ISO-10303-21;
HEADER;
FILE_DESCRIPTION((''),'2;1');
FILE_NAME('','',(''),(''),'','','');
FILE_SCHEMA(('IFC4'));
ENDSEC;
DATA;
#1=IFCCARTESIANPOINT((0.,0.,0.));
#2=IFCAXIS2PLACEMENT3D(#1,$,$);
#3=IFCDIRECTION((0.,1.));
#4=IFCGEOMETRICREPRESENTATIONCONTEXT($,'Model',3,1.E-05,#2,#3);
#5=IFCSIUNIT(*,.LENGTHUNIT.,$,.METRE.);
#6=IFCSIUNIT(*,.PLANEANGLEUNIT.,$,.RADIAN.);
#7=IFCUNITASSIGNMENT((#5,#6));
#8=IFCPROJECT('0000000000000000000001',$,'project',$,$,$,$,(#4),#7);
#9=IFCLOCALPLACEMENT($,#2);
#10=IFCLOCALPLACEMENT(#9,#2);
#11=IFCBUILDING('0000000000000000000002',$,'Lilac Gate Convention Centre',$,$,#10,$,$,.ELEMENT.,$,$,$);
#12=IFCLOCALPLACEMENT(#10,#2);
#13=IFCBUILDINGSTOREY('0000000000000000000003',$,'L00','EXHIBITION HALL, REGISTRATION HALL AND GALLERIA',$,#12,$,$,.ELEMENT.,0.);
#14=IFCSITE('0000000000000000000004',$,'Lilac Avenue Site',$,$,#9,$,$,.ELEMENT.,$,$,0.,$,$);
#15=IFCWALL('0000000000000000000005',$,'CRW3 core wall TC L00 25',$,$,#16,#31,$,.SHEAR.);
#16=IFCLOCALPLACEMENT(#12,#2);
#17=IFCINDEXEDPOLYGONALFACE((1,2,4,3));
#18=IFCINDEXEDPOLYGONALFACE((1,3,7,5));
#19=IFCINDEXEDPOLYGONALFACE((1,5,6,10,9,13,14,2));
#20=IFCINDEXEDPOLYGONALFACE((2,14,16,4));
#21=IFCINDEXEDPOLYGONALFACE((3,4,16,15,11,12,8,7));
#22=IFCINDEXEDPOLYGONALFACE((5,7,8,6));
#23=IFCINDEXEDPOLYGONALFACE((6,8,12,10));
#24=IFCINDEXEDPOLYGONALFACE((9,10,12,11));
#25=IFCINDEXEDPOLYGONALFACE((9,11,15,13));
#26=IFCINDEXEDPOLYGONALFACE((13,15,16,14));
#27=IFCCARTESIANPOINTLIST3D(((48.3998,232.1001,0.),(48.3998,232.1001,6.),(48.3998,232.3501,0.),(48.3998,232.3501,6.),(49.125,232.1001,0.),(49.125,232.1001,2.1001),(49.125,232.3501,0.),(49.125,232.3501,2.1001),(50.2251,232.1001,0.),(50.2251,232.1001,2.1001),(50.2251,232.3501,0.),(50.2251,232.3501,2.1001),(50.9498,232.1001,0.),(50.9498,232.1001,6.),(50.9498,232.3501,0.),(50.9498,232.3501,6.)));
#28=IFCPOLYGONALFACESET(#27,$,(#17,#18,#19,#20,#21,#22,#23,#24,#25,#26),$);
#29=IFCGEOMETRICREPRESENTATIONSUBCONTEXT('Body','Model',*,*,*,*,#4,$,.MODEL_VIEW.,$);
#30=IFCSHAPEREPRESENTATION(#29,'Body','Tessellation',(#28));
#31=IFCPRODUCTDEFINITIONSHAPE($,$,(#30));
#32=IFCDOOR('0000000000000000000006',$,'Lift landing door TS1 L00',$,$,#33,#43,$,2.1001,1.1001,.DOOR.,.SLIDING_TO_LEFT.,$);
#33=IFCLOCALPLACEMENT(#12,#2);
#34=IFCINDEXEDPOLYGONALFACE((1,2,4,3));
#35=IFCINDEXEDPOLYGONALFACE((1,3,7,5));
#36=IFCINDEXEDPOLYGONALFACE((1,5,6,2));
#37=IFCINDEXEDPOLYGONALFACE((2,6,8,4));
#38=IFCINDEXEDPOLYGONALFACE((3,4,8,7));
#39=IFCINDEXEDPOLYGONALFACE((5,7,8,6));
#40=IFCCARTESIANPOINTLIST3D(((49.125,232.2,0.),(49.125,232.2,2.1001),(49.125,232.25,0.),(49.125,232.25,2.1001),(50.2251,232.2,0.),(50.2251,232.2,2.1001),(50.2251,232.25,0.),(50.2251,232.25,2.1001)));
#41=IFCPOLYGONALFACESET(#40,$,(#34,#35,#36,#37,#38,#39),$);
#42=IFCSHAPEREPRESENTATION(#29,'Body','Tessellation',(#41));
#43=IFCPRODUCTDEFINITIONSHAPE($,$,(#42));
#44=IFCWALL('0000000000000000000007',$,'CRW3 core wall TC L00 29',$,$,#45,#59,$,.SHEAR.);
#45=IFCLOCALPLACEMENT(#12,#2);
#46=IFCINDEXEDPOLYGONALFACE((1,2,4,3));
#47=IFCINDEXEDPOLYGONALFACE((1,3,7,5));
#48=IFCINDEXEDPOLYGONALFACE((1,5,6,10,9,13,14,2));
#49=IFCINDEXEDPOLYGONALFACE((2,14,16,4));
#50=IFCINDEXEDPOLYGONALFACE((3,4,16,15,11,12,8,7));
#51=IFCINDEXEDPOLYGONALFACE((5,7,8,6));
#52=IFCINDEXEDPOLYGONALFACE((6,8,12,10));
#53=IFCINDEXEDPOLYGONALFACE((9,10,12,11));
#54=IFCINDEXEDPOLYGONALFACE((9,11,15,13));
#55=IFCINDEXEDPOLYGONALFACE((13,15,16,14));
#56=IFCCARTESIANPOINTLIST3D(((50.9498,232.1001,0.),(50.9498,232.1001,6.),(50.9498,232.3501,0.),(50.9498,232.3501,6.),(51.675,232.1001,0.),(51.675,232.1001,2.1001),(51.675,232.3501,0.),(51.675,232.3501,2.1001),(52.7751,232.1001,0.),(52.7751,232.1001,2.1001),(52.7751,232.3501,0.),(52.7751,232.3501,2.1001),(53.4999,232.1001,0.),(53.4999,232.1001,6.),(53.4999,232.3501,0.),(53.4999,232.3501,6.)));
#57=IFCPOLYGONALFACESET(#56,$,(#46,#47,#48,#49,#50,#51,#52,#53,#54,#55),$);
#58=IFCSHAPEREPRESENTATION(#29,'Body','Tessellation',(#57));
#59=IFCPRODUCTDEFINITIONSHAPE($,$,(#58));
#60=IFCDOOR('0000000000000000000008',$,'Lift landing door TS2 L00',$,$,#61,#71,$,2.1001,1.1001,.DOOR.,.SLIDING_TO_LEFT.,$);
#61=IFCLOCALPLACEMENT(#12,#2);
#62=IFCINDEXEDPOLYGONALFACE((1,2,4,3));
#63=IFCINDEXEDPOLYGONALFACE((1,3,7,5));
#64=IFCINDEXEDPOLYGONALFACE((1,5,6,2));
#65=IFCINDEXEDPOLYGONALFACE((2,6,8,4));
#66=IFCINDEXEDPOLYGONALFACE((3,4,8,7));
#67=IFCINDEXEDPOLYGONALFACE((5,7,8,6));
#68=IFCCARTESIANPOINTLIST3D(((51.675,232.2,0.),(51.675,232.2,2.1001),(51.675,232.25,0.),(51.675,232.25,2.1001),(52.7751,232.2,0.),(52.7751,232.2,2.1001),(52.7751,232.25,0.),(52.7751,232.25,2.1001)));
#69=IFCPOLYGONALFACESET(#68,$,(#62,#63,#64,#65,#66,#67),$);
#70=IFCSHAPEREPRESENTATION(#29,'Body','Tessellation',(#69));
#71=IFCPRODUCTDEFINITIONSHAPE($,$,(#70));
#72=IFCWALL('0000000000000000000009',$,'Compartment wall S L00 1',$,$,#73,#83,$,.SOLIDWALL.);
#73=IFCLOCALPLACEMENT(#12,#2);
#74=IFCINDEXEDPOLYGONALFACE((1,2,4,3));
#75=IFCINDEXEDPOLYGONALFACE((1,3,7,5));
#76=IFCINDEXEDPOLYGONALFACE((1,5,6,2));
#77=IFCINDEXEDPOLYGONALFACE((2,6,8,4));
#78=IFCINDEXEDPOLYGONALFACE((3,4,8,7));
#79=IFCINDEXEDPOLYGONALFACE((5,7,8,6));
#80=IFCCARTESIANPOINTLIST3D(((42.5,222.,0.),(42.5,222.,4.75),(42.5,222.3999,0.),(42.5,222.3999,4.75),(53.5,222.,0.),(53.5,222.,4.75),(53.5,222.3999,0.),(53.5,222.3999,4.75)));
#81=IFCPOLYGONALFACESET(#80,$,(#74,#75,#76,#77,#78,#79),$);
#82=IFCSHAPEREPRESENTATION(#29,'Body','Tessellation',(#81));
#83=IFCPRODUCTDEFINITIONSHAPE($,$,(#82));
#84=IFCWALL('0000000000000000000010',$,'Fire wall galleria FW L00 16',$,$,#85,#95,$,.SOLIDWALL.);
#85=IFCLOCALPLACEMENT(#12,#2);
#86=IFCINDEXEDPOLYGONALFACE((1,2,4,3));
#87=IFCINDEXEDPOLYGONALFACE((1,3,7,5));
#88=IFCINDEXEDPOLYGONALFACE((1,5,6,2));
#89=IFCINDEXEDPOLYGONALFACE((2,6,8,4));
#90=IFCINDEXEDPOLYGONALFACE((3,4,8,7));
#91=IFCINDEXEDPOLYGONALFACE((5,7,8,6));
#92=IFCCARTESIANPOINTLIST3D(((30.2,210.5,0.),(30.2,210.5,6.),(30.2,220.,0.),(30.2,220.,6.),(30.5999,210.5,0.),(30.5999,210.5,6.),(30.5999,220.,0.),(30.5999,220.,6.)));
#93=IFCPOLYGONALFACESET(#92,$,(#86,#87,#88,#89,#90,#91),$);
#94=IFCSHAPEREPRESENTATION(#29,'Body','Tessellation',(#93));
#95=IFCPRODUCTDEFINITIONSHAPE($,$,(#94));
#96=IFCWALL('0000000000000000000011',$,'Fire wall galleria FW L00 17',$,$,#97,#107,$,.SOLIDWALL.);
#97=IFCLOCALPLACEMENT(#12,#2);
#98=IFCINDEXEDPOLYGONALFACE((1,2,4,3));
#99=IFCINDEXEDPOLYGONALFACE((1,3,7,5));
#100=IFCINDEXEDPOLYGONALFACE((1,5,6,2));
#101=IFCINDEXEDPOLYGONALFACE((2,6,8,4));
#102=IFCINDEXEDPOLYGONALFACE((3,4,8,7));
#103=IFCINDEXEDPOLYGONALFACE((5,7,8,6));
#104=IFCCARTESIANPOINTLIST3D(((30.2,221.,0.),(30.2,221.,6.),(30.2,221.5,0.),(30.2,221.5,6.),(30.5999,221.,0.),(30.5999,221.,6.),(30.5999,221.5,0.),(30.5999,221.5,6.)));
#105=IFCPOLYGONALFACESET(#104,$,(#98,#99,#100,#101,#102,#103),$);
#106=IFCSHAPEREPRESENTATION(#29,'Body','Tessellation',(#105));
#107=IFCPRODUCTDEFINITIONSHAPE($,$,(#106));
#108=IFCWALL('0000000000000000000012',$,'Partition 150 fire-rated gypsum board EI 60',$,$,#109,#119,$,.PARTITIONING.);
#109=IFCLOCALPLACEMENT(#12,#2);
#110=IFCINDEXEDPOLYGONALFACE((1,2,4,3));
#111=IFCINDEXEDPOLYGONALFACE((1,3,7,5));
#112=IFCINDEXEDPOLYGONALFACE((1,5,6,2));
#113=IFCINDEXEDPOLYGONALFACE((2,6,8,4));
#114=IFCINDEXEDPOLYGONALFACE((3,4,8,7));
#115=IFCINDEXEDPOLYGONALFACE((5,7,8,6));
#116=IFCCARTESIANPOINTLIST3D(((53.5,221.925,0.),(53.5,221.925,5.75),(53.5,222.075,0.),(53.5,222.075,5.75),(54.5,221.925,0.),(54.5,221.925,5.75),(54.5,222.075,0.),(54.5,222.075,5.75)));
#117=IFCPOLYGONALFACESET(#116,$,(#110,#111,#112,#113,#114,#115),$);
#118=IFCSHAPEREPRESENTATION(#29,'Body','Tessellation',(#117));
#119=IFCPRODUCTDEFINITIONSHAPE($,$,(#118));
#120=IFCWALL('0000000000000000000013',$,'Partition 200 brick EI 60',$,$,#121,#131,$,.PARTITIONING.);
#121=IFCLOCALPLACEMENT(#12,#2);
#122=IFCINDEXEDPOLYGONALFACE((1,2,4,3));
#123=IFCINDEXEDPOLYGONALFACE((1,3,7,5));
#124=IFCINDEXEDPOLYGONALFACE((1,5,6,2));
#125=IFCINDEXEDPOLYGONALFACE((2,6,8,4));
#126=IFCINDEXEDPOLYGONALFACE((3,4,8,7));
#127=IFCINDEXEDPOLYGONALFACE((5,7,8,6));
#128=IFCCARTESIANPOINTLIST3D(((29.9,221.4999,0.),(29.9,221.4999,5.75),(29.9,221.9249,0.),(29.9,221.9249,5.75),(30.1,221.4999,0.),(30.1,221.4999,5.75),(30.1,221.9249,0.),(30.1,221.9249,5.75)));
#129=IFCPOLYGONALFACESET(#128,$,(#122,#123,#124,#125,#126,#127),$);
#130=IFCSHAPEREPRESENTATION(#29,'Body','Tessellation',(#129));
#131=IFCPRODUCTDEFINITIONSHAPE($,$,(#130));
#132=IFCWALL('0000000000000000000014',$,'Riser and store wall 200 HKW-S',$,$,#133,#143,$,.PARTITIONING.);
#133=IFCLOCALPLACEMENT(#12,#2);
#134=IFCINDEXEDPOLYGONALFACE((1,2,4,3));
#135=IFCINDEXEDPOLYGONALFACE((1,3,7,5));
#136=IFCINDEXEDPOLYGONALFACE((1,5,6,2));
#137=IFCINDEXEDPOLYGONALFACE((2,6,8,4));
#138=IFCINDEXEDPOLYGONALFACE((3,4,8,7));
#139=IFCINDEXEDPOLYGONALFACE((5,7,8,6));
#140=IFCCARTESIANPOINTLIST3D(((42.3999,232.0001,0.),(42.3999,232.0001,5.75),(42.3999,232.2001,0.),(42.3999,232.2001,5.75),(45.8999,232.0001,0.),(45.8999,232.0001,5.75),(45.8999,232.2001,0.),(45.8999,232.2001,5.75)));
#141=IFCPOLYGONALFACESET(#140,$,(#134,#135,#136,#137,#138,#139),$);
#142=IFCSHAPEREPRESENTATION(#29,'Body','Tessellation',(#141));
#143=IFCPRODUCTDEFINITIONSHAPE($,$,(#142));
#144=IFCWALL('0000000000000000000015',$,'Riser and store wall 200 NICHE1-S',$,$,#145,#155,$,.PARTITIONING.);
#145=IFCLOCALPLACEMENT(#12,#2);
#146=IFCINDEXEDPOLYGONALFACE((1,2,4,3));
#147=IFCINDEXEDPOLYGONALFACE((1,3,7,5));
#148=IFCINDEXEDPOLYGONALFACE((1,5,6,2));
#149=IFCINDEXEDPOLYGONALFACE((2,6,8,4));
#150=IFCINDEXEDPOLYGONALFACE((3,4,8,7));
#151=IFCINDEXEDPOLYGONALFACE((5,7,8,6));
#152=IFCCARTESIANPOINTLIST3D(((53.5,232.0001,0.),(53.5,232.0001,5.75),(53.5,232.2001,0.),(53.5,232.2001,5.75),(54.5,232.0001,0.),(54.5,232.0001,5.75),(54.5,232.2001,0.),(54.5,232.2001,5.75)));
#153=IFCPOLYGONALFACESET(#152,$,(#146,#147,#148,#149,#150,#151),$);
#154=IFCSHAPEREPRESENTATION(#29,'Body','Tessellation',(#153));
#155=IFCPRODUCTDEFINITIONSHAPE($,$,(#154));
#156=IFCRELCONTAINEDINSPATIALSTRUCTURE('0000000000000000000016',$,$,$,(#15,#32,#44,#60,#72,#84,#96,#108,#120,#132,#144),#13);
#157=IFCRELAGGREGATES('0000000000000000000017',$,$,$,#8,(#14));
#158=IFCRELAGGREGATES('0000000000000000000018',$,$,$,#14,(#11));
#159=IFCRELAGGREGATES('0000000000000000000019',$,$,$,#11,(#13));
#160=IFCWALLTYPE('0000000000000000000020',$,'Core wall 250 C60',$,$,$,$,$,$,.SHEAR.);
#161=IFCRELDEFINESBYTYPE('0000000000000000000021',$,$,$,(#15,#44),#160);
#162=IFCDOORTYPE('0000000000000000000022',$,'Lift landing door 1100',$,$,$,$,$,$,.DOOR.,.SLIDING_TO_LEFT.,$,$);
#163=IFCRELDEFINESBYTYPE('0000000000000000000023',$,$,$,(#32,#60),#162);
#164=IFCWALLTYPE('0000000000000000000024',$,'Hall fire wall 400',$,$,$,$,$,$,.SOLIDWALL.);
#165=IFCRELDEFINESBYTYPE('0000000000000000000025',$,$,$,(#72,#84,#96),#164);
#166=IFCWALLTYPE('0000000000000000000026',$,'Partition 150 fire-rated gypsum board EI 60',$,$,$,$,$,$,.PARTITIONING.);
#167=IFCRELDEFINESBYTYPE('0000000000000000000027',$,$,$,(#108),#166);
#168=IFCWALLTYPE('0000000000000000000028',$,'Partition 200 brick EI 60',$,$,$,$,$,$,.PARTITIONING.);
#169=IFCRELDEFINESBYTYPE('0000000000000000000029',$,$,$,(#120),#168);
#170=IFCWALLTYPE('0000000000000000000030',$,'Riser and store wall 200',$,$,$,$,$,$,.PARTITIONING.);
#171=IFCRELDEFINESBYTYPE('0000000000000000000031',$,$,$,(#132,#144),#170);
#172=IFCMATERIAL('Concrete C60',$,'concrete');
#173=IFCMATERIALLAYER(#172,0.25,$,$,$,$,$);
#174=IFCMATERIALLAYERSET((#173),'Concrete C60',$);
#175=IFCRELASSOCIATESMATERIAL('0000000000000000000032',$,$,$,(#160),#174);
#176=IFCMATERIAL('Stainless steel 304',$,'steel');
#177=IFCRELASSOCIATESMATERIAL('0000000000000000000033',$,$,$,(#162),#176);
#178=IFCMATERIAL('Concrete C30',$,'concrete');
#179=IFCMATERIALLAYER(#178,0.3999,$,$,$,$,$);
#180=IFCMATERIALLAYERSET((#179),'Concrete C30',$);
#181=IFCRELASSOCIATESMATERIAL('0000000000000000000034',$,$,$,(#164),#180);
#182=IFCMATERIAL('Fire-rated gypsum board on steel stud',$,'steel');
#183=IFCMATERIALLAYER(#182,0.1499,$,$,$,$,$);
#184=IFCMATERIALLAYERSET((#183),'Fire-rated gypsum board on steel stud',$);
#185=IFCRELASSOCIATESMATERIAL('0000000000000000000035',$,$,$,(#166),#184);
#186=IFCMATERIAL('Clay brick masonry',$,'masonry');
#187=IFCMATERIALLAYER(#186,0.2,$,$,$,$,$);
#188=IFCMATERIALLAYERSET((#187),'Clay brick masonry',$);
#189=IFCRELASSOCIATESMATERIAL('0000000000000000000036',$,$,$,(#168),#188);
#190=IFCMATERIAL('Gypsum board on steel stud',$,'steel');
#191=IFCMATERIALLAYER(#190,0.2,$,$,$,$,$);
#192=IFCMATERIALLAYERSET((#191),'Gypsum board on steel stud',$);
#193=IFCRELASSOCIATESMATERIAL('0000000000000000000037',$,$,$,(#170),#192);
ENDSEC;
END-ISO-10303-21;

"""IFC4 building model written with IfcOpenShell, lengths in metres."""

from ifc_helpers import new_model, si_unit, direction, frame, frame_2d, origin, place, context, subcontext, project, spatial, rectangle, extrude, material, layer, layer_set, type_object, element, fill, save


model = new_model("IFC4")

# Units and contexts
model_context = context("Model", 3, precision=1e-05, world=origin(), true_north=direction((0.0, 1.0)))
body_context = subcontext(model_context, "Body", "Model", "MODEL_VIEW")
ifc_project = project(units=[si_unit("LENGTHUNIT", "METRE"), si_unit("PLANEANGLEUNIT", "RADIAN")], contexts=[model_context])

# Site, building, storey
site_placement = place(None, origin())
site = spatial("IfcSite", under=ifc_project, at=site_placement, Name="Lilac Avenue Site", CompositionType="ELEMENT", RefElevation=0.0)
building_placement = place(site_placement, origin())
building = spatial("IfcBuilding", under=site, at=building_placement, Name="Lilac Gate Convention Centre", CompositionType="ELEMENT")
storey_placement = place(building_placement, origin())
storey = spatial("IfcBuildingStorey", under=building, at=storey_placement, Name="L00", Description="EXHIBITION HALL, REGISTRATION HALL AND GALLERIA", CompositionType="ELEMENT", Elevation=0.0)

# Walls, openings, doors
ifc_material_1 = material(Name="Concrete C60", Category="concrete")
ifc_layer_1 = layer(ifc_material_1, 0.25)
ifc_layer_set_1 = layer_set([ifc_layer_1], Name="Concrete C60")
wall_type_1 = type_object("IfcWallType", Name="Core wall 250 C60", PredefinedType="SHEAR", material=ifc_layer_set_1)
wall_1_placement = place(storey_placement, frame((48.3999, 232.2251, 0.0), z_axis=(0.0, 0.0, 1.0), x_axis=(1.0, 0.0, 0.0)))
wall_1 = element("IfcWall", 1, at=wall_1_placement, inside=storey, type_object=wall_type_1, Name="CRW3 core wall TC L00 25", PredefinedType="SHEAR", context=body_context, shape_type="SweptSolid", body=[
    extrude(rectangle(XDim=2.55, YDim=0.25, at=frame_2d((1.2749, 0.0))), origin(), (0.0, 0.0, 1.0), 6.0),
])
opening_1_placement = place(wall_1_placement, frame((0.7251, 0.0, 0.0)))
opening_1 = element("IfcOpeningElement", 2, at=opening_1_placement, cuts=wall_1, PredefinedType="OPENING", context=body_context, shape_type="SweptSolid", body=[
    extrude(rectangle(XDim=1.1001, YDim=2.1001, at=frame_2d((0.55, 1.05))), frame((0.0, 0.135, 0.0), z_axis=(0.0, -1.0, 0.0), x_axis=(1.0, 0.0, 0.0)), (0.0, 0.0, 1.0), 0.27),
])
ifc_material_2 = material(Name="Stainless steel 304", Category="steel")
door_type_1 = type_object("IfcDoorType", Name="Lift landing door 1100", OperationType="SLIDING_TO_LEFT", PredefinedType="DOOR", material=ifc_material_2)
door_1_placement = place(opening_1_placement, origin())
door_1 = element("IfcDoor", 3, at=door_1_placement, inside=storey, type_object=door_type_1, Name="Lift landing door TS1 L00", OperationType="SLIDING_TO_LEFT", OverallHeight=2.1001, OverallWidth=1.1001, PredefinedType="DOOR", context=body_context, shape_type="SweptSolid", body=[
    extrude(rectangle(XDim=1.1001, YDim=2.1001, at=frame_2d((0.55, 1.05))), frame((0.0, 0.0249, 0.0), z_axis=(0.0, -1.0, 0.0), x_axis=(1.0, 0.0, 0.0)), (0.0, 0.0, 1.0), 0.05),
])
fill(opening_1, door_1)
wall_2_placement = place(storey_placement, frame((50.95, 232.2251, 0.0), z_axis=(0.0, 0.0, 1.0), x_axis=(1.0, 0.0, 0.0)))
wall_2 = element("IfcWall", 4, at=wall_2_placement, inside=storey, type_object=wall_type_1, Name="CRW3 core wall TC L00 29", PredefinedType="SHEAR", context=body_context, shape_type="SweptSolid", body=[
    extrude(rectangle(XDim=2.55, YDim=0.25, at=frame_2d((1.2749, 0.0))), origin(), (0.0, 0.0, 1.0), 6.0),
])
opening_2_placement = place(wall_2_placement, frame((0.7251, 0.0, 0.0)))
opening_2 = element("IfcOpeningElement", 5, at=opening_2_placement, cuts=wall_2, PredefinedType="OPENING", context=body_context, shape_type="SweptSolid", body=[
    extrude(rectangle(XDim=1.1001, YDim=2.1001, at=frame_2d((0.55, 1.05))), frame((0.0, 0.135, 0.0), z_axis=(0.0, -1.0, 0.0), x_axis=(1.0, 0.0, 0.0)), (0.0, 0.0, 1.0), 0.27),
])
door_2_placement = place(opening_2_placement, origin())
door_2 = element("IfcDoor", 6, at=door_2_placement, inside=storey, type_object=door_type_1, Name="Lift landing door TS2 L00", OperationType="SLIDING_TO_LEFT", OverallHeight=2.1001, OverallWidth=1.1001, PredefinedType="DOOR", context=body_context, shape_type="SweptSolid", body=[
    extrude(rectangle(XDim=1.1001, YDim=2.1001, at=frame_2d((0.55, 1.05))), frame((0.0, 0.0249, 0.0), z_axis=(0.0, -1.0, 0.0), x_axis=(1.0, 0.0, 0.0)), (0.0, 0.0, 1.0), 0.05),
])
fill(opening_2, door_2)

# Walls
ifc_material_3 = material(Name="Concrete C30", Category="concrete")
ifc_layer_2 = layer(ifc_material_3, 0.3999)
ifc_layer_set_2 = layer_set([ifc_layer_2], Name="Concrete C30")
wall_type_2 = type_object("IfcWallType", Name="Hall fire wall 400", PredefinedType="SOLIDWALL", material=ifc_layer_set_2)
wall_3_placement = place(storey_placement, frame((42.5, 222.2, 0.0), z_axis=(0.0, 0.0, 1.0), x_axis=(1.0, 0.0, 0.0)))
element("IfcWall", 7, at=wall_3_placement, inside=storey, type_object=wall_type_2, Name="Compartment wall S L00 1", PredefinedType="SOLIDWALL", context=body_context, shape_type="SweptSolid", body=[
    extrude(rectangle(XDim=11.0, YDim=0.3999, at=frame_2d((5.5, 0.0))), origin(), (0.0, 0.0, 1.0), 4.75),
])
wall_4_placement = place(storey_placement, frame((30.3999, 210.5, 0.0), z_axis=(0.0, 0.0, 1.0), x_axis=(0.0, 1.0, 0.0)))
element("IfcWall", 8, at=wall_4_placement, inside=storey, type_object=wall_type_2, Name="Fire wall galleria FW L00 16", PredefinedType="SOLIDWALL", context=body_context, shape_type="SweptSolid", body=[
    extrude(rectangle(XDim=9.5, YDim=0.3999, at=frame_2d((4.75, 0.0))), origin(), (0.0, 0.0, 1.0), 6.0),
])
wall_5_placement = place(storey_placement, frame((30.3999, 221.0, 0.0), z_axis=(0.0, 0.0, 1.0), x_axis=(0.0, 1.0, 0.0)))
element("IfcWall", 9, at=wall_5_placement, inside=storey, type_object=wall_type_2, Name="Fire wall galleria FW L00 17", PredefinedType="SOLIDWALL", context=body_context, shape_type="SweptSolid", body=[
    extrude(rectangle(XDim=0.5, YDim=0.3999, at=frame_2d((0.25, 0.0))), origin(), (0.0, 0.0, 1.0), 6.0),
])
ifc_material_4 = material(Name="Fire-rated gypsum board on steel stud", Category="steel")
ifc_layer_3 = layer(ifc_material_4, 0.1499)
ifc_layer_set_3 = layer_set([ifc_layer_3], Name="Fire-rated gypsum board on steel stud")
wall_type_3 = type_object("IfcWallType", Name="Partition 150 fire-rated gypsum board EI 60", PredefinedType="PARTITIONING", material=ifc_layer_set_3)
wall_6_placement = place(storey_placement, frame((53.5, 222.0, 0.0), z_axis=(0.0, 0.0, 1.0), x_axis=(1.0, 0.0, 0.0)))
element("IfcWall", 10, at=wall_6_placement, inside=storey, type_object=wall_type_3, Name="Partition 150 fire-rated gypsum board EI 60", PredefinedType="PARTITIONING", context=body_context, shape_type="SweptSolid", body=[
    extrude(rectangle(XDim=1.0, YDim=0.1499, at=frame_2d((0.5, 0.0))), origin(), (0.0, 0.0, 1.0), 5.75),
])
ifc_material_5 = material(Name="Clay brick masonry", Category="masonry")
ifc_layer_4 = layer(ifc_material_5, 0.2)
ifc_layer_set_4 = layer_set([ifc_layer_4], Name="Clay brick masonry")
wall_type_4 = type_object("IfcWallType", Name="Partition 200 brick EI 60", PredefinedType="PARTITIONING", material=ifc_layer_set_4)
wall_7_placement = place(storey_placement, frame((30.0, 221.5, 0.0), z_axis=(0.0, 0.0, 1.0), x_axis=(0.0, 1.0, 0.0)))
element("IfcWall", 11, at=wall_7_placement, inside=storey, type_object=wall_type_4, Name="Partition 200 brick EI 60", PredefinedType="PARTITIONING", context=body_context, shape_type="SweptSolid", body=[
    extrude(rectangle(XDim=0.425, YDim=0.2, at=frame_2d((0.2124, 0.0))), origin(), (0.0, 0.0, 1.0), 5.75),
])
ifc_material_6 = material(Name="Gypsum board on steel stud", Category="steel")
ifc_layer_5 = layer(ifc_material_6, 0.2)
ifc_layer_set_5 = layer_set([ifc_layer_5], Name="Gypsum board on steel stud")
wall_type_5 = type_object("IfcWallType", Name="Riser and store wall 200", PredefinedType="PARTITIONING", material=ifc_layer_set_5)
wall_8_placement = place(storey_placement, frame((42.3999, 232.1001, 0.0), z_axis=(0.0, 0.0, 1.0), x_axis=(1.0, 0.0, 0.0)))
element("IfcWall", 12, at=wall_8_placement, inside=storey, type_object=wall_type_5, Name="Riser and store wall 200 HKW-S", PredefinedType="PARTITIONING", context=body_context, shape_type="SweptSolid", body=[
    extrude(rectangle(XDim=3.5, YDim=0.2, at=frame_2d((1.75, 0.0))), origin(), (0.0, 0.0, 1.0), 5.75),
])
wall_9_placement = place(storey_placement, frame((53.5, 232.1001, 0.0), z_axis=(0.0, 0.0, 1.0), x_axis=(1.0, 0.0, 0.0)))
element("IfcWall", 13, at=wall_9_placement, inside=storey, type_object=wall_type_5, Name="Riser and store wall 200 NICHE1-S", PredefinedType="PARTITIONING", context=body_context, shape_type="SweptSolid", body=[
    extrude(rectangle(XDim=1.0, YDim=0.2, at=frame_2d((0.5, 0.0))), origin(), (0.0, 0.0, 1.0), 5.75),
])

save(model, "model.ifc")
